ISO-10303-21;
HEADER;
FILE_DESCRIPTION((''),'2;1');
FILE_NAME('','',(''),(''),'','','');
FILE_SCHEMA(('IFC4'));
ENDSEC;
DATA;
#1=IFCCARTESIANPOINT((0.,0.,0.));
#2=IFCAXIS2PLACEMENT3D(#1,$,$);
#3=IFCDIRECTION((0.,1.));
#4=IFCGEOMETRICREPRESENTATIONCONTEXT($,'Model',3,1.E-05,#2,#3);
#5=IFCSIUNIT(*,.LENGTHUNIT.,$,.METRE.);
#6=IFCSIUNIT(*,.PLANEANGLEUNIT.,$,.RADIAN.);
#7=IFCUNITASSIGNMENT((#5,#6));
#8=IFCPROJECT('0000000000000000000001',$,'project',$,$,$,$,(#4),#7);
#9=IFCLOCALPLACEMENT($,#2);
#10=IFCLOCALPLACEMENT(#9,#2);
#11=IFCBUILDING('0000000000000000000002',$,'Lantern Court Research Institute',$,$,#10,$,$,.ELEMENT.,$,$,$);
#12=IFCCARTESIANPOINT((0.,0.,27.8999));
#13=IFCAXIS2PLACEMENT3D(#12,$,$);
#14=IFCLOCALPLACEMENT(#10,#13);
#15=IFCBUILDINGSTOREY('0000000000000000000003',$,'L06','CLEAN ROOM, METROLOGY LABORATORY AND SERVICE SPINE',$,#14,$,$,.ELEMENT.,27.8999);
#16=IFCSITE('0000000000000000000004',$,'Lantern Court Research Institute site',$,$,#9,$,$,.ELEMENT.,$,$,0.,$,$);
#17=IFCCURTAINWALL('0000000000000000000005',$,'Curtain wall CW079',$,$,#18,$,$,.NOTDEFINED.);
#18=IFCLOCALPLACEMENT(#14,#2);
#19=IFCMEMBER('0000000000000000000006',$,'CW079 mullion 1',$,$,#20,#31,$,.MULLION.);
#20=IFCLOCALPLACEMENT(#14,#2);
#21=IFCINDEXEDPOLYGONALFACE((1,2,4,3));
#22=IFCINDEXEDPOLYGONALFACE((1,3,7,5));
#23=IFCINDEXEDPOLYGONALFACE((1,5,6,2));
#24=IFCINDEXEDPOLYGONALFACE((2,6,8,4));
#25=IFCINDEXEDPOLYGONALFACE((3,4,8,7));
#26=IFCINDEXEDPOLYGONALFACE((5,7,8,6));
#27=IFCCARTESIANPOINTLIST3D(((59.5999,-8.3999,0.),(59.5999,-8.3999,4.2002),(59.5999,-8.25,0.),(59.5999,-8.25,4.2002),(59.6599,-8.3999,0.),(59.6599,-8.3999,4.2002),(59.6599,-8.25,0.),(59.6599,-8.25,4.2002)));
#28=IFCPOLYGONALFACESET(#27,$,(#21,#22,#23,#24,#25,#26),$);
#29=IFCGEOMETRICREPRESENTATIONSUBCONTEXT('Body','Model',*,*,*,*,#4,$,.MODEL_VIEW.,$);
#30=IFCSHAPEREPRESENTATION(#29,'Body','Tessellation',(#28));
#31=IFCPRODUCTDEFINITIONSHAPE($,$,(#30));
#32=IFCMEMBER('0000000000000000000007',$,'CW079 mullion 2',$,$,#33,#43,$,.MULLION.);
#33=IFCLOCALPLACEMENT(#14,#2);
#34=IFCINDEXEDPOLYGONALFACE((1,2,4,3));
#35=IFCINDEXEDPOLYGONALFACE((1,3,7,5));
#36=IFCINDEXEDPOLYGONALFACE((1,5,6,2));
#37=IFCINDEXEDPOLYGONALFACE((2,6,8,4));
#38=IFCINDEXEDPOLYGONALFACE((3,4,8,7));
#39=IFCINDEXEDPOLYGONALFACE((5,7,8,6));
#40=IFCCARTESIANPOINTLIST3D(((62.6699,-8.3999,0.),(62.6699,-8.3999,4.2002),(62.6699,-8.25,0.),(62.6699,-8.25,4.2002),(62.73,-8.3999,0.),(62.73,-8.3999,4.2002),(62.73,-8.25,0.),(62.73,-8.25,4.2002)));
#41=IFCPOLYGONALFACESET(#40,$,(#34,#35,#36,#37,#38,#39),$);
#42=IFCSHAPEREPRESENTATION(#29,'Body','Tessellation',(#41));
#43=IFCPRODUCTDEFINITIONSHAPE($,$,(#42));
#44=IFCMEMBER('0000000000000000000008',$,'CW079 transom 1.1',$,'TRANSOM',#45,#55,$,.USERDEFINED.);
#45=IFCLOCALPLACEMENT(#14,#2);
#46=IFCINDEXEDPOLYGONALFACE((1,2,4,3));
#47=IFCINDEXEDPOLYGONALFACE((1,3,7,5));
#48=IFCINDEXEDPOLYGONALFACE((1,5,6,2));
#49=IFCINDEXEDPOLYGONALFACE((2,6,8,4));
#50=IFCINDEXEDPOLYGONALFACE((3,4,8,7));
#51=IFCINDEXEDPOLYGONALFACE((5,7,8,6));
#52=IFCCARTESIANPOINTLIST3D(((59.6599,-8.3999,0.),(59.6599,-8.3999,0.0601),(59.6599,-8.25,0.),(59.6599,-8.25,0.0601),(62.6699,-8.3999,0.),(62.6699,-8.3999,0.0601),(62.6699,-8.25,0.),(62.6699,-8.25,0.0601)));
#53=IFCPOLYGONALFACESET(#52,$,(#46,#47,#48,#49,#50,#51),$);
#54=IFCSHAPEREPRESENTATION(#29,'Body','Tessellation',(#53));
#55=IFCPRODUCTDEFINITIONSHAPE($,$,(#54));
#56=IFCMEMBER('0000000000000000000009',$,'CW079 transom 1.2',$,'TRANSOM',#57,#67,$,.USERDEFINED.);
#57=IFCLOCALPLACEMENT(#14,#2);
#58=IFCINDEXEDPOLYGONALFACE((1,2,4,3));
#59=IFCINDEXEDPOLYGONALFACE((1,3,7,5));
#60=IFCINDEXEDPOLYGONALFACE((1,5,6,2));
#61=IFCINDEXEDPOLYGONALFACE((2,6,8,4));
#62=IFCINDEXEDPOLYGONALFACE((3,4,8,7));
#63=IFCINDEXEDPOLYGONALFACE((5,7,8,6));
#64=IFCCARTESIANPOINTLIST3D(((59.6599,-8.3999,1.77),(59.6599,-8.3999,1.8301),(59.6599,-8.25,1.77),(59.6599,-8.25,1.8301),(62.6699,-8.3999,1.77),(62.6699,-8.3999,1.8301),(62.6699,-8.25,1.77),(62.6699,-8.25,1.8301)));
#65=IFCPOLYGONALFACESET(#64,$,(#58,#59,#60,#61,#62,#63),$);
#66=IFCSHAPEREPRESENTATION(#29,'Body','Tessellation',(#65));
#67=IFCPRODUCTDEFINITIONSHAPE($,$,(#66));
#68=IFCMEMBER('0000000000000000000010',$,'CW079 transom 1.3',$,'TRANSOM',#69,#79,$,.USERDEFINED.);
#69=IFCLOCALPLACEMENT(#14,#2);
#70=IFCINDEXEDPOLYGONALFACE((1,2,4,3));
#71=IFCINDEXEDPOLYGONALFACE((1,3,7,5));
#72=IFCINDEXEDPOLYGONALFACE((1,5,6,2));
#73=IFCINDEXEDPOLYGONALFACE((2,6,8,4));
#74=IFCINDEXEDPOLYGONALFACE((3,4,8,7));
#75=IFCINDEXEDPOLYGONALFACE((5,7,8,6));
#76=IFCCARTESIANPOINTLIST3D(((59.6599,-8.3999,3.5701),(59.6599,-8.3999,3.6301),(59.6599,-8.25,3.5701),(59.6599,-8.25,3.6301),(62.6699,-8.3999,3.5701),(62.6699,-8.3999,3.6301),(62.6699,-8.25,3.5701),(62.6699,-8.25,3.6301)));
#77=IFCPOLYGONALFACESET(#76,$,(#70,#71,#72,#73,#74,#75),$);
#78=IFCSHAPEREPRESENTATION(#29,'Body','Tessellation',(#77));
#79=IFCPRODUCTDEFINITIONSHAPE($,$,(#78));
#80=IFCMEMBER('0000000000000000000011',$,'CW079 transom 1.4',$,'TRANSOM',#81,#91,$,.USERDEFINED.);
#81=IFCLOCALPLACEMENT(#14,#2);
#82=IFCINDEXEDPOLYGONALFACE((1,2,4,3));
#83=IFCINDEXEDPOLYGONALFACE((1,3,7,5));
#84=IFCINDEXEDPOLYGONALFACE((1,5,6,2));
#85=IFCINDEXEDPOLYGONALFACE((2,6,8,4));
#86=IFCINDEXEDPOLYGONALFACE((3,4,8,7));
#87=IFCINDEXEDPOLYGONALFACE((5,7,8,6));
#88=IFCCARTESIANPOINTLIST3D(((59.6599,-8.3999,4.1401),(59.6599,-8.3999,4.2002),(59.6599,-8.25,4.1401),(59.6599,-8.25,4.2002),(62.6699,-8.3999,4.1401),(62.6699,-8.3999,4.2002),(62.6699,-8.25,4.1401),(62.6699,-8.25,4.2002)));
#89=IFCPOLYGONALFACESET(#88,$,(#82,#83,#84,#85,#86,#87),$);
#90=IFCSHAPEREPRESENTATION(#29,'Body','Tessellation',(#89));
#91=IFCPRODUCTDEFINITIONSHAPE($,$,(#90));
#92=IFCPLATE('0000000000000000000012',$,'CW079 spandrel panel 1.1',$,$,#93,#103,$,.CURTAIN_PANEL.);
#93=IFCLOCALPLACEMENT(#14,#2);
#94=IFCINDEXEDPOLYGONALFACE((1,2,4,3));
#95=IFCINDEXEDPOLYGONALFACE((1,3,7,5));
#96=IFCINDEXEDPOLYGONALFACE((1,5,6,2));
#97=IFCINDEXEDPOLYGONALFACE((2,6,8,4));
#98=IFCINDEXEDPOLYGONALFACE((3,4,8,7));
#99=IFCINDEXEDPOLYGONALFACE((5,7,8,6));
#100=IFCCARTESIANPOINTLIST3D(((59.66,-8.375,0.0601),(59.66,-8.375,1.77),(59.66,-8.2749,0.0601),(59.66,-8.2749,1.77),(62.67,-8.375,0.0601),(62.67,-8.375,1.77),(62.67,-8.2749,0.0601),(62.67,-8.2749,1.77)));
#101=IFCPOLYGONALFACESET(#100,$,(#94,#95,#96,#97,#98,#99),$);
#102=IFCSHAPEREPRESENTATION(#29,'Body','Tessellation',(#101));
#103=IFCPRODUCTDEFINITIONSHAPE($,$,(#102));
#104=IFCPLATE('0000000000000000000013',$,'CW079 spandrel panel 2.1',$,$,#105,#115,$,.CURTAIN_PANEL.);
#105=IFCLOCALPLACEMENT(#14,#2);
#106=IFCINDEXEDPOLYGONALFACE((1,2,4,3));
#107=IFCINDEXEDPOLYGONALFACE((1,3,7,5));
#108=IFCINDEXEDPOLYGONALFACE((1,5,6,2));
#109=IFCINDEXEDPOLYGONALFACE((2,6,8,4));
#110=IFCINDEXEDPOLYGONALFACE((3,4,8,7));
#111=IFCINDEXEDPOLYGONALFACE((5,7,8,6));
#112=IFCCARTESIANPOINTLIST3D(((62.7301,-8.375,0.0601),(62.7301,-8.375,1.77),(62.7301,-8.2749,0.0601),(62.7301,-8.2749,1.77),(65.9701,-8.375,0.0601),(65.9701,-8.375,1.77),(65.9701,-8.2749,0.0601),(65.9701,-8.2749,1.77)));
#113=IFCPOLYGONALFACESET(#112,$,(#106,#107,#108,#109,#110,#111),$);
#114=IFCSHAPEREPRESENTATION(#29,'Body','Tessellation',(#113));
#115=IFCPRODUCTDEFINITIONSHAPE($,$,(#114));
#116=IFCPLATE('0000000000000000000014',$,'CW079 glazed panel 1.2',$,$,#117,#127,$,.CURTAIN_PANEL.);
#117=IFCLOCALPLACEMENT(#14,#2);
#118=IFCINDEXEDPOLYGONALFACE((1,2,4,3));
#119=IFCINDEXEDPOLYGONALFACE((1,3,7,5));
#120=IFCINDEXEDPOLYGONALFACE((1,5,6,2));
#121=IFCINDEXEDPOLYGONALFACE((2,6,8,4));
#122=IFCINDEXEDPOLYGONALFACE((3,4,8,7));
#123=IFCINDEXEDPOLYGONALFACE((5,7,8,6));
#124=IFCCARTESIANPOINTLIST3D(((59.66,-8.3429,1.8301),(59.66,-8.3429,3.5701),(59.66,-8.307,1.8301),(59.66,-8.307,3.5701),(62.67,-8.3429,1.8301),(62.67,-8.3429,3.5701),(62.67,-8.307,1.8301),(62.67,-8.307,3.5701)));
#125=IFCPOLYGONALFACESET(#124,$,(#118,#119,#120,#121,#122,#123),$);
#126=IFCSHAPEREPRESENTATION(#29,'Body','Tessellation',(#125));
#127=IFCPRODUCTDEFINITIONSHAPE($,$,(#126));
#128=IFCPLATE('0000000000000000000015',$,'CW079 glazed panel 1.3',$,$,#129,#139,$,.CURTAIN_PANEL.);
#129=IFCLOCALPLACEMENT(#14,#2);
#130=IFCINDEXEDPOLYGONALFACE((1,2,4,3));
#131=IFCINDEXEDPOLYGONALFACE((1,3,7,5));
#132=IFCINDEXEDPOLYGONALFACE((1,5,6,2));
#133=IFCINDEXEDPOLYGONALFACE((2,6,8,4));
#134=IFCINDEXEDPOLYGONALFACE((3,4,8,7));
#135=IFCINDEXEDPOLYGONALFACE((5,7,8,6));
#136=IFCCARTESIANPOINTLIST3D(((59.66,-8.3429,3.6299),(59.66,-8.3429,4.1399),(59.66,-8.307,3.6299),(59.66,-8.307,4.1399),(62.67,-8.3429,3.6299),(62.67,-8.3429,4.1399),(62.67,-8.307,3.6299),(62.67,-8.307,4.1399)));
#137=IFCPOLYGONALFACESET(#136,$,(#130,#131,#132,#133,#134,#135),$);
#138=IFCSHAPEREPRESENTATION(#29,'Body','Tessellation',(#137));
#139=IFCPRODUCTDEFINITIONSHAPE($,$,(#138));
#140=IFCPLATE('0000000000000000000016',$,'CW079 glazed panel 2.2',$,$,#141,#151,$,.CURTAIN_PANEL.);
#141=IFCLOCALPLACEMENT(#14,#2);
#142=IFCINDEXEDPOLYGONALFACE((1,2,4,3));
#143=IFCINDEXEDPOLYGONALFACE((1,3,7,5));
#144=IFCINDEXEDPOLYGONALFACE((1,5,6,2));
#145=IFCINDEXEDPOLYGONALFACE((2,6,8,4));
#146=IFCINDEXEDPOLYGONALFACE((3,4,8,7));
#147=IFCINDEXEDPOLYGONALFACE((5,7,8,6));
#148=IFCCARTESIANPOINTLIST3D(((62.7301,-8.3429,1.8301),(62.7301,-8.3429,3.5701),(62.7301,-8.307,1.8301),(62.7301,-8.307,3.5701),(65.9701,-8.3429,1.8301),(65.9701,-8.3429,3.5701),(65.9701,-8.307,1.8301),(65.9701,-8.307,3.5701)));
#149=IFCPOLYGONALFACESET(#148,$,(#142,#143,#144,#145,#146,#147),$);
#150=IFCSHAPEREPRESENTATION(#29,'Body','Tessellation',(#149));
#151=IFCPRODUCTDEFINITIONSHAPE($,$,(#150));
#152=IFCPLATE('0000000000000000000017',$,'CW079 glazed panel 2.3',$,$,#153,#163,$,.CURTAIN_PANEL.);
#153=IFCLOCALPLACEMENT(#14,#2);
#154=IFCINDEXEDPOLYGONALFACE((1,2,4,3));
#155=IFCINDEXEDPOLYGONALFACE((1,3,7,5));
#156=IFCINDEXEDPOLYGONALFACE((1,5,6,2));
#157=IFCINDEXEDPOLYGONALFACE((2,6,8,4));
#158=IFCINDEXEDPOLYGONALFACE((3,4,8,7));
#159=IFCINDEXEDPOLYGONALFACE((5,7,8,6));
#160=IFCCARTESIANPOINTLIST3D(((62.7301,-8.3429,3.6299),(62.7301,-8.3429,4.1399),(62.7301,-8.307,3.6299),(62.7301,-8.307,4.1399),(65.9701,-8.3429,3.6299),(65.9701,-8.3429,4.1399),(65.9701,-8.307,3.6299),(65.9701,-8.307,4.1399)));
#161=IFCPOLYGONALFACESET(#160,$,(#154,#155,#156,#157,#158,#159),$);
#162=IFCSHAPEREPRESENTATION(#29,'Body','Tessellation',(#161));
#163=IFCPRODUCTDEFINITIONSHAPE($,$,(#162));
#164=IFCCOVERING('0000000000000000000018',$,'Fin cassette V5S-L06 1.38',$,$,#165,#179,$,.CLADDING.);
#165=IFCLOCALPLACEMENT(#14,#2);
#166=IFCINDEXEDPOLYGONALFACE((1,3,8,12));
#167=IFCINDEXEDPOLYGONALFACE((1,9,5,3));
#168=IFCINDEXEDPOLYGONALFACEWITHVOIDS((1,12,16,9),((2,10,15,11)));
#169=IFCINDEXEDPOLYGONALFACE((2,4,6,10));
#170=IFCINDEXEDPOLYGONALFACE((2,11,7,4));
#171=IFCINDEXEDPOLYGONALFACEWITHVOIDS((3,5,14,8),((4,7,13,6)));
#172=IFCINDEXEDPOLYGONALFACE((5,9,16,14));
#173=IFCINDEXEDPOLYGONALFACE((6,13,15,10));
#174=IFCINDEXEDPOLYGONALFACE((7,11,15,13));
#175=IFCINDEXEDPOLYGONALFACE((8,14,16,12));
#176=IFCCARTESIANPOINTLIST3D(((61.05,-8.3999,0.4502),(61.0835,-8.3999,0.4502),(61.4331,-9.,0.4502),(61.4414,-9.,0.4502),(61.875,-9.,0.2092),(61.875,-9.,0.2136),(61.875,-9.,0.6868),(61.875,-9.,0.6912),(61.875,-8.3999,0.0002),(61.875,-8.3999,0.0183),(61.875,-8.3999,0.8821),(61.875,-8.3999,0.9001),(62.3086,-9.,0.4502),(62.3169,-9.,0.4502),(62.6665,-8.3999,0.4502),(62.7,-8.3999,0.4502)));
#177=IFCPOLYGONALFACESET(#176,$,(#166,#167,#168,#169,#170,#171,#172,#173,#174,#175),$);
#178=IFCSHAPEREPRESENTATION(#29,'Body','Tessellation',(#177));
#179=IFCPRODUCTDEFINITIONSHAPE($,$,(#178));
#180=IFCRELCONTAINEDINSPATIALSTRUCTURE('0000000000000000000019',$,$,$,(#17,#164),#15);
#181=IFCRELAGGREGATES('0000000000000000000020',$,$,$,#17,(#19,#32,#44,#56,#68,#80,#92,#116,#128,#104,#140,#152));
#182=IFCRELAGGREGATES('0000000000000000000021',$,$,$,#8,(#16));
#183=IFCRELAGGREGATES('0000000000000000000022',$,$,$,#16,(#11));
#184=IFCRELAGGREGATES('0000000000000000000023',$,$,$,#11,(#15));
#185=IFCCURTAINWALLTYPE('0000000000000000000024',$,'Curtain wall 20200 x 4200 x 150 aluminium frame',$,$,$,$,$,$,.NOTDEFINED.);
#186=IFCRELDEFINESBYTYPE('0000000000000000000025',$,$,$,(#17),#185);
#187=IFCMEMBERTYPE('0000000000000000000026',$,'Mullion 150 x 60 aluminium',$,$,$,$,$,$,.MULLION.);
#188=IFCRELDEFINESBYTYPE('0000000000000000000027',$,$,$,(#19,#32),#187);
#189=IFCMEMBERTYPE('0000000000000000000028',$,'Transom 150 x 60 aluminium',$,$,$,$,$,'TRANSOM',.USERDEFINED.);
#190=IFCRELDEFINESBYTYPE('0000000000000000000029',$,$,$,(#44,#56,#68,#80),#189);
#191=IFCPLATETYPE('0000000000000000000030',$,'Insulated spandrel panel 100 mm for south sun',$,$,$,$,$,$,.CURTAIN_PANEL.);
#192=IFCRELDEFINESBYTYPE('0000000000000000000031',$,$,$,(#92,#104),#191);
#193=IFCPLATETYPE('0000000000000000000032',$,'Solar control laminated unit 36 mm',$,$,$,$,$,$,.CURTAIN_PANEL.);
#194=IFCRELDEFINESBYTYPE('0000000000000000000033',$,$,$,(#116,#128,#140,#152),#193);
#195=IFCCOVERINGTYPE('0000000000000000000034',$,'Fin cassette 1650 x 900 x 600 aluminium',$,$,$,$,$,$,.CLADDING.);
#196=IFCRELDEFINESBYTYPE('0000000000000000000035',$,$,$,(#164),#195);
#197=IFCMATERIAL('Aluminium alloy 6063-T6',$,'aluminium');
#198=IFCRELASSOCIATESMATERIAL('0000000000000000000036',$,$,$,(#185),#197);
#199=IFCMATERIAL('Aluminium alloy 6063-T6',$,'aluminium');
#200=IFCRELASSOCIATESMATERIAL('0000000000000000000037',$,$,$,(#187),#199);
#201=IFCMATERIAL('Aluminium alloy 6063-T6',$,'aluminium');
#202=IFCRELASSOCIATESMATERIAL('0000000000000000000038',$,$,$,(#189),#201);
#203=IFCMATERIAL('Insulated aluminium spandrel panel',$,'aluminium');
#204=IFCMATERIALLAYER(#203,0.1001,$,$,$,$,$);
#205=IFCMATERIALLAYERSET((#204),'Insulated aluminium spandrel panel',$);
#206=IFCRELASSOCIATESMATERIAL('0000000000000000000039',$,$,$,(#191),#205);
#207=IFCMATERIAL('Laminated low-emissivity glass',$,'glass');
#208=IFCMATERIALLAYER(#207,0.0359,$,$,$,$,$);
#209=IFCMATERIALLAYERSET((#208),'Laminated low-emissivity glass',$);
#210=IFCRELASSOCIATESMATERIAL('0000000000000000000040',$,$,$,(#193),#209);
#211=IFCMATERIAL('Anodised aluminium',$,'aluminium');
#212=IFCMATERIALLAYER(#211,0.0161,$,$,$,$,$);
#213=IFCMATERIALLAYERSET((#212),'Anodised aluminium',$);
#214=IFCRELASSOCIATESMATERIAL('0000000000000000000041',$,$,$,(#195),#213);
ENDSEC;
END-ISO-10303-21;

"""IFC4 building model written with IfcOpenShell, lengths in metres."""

from ifc_helpers import new_model, entity, si_unit, direction, frame, origin, origin_2d, place, context, subcontext, project, spatial, rectangle, extrude, material, layer, layer_set, material_profile, profile_set, type_object, element, aggregate, save


model = new_model("IFC4")

# Units and contexts
model_context = context("Model", 3, precision=1e-05, world=origin(), true_north=direction((0.0, 1.0)))
body_context = subcontext(model_context, "Body", "Model", "MODEL_VIEW")
ifc_project = project(units=[si_unit("LENGTHUNIT", "METRE"), si_unit("PLANEANGLEUNIT", "RADIAN")], contexts=[model_context])

# Site, building, storey
site_placement = place(None, origin())
site = spatial("IfcSite", under=ifc_project, at=site_placement, Name="Lantern Court Research Institute site", CompositionType="ELEMENT", RefElevation=0.0)
building_placement = place(site_placement, origin())
building = spatial("IfcBuilding", under=site, at=building_placement, Name="Lantern Court Research Institute", CompositionType="ELEMENT")
storey_placement = place(building_placement, frame((0.0, 0.0, 27.8999)))
storey = spatial("IfcBuildingStorey", under=building, at=storey_placement, Name="L06", Description="CLEAN ROOM, METROLOGY LABORATORY AND SERVICE SPINE", CompositionType="ELEMENT", Elevation=27.8999)

# Curtain wall, members, plates
ifc_material_1 = material(Name="Aluminium alloy 6063-T6", Category="aluminium")
curtain_wall_type = type_object("IfcCurtainWallType", Name="Curtain wall 20200 x 4200 x 150 aluminium frame", PredefinedType="NOTDEFINED", material=ifc_material_1)
curtain_wall_placement = place(storey_placement, origin())
curtain_wall = element("IfcCurtainWall", 1, at=curtain_wall_placement, inside=storey, type_object=curtain_wall_type, Name="Curtain wall CW079", PredefinedType="NOTDEFINED")
ifc_material_2 = material(Name="Aluminium alloy 6063-T6", Category="aluminium")
ifc_material_profile_1 = material_profile(ifc_material_2, rectangle(XDim=0.1499, YDim=0.0601, at=origin_2d()), Name="Mullion 150 x 60")
ifc_profile_set_1 = profile_set([ifc_material_profile_1], Name="Aluminium alloy 6063-T6")
member_type_1 = type_object("IfcMemberType", Name="Mullion 150 x 60 aluminium", PredefinedType="MULLION", material=ifc_profile_set_1)
member_1_placement = place(storey_placement, frame((59.6299, -8.325, 0.0), z_axis=(0.0, 0.0, 1.0), x_axis=(0.0, -1.0, 0.0)))
member_1 = element("IfcMember", 2, at=member_1_placement, type_object=member_type_1, Name="CW079 mullion 1", PredefinedType="MULLION", context=body_context, shape_type="SweptSolid", body=[
    extrude(rectangle(XDim=0.1499, YDim=0.0601, at=origin_2d()), origin(), (0.0, 0.0, 1.0), 4.2002),
])
member_2_placement = place(storey_placement, frame((62.7, -8.325, 0.0), z_axis=(0.0, 0.0, 1.0), x_axis=(0.0, -1.0, 0.0)))
member_2 = element("IfcMember", 3, at=member_2_placement, type_object=member_type_1, Name="CW079 mullion 2", PredefinedType="MULLION", context=body_context, shape_type="SweptSolid", body=[
    extrude(rectangle(XDim=0.1499, YDim=0.0601, at=origin_2d()), origin(), (0.0, 0.0, 1.0), 4.2002),
])
ifc_material_3 = material(Name="Aluminium alloy 6063-T6", Category="aluminium")
ifc_material_profile_2 = material_profile(ifc_material_3, rectangle(XDim=0.1499, YDim=0.0601, at=origin_2d()), Name="Transom 150 x 60")
ifc_profile_set_2 = profile_set([ifc_material_profile_2], Name="Aluminium alloy 6063-T6")
member_type_2 = type_object("IfcMemberType", Name="Transom 150 x 60 aluminium", ElementType="TRANSOM", PredefinedType="USERDEFINED", material=ifc_profile_set_2)
member_3_placement = place(storey_placement, frame((62.6699, -8.325, 0.03), z_axis=(-1.0, 0.0, 0.0), x_axis=(0.0, -1.0, 0.0)))
member_3 = element("IfcMember", 4, at=member_3_placement, type_object=member_type_2, Name="CW079 transom 1.1", ObjectType="TRANSOM", PredefinedType="USERDEFINED", context=body_context, shape_type="SweptSolid", body=[
    extrude(rectangle(XDim=0.1499, YDim=0.0601, at=origin_2d()), origin(), (0.0, 0.0, 1.0), 3.01),
])
member_4_placement = place(storey_placement, frame((62.6699, -8.325, 1.8), z_axis=(-1.0, 0.0, 0.0), x_axis=(0.0, -1.0, 0.0)))
member_4 = element("IfcMember", 5, at=member_4_placement, type_object=member_type_2, Name="CW079 transom 1.2", ObjectType="TRANSOM", PredefinedType="USERDEFINED", context=body_context, shape_type="SweptSolid", body=[
    extrude(rectangle(XDim=0.1499, YDim=0.0601, at=origin_2d()), origin(), (0.0, 0.0, 1.0), 3.01),
])
member_5_placement = place(storey_placement, frame((62.6699, -8.325, 3.6001), z_axis=(-1.0, 0.0, 0.0), x_axis=(0.0, -1.0, 0.0)))
member_5 = element("IfcMember", 6, at=member_5_placement, type_object=member_type_2, Name="CW079 transom 1.3", ObjectType="TRANSOM", PredefinedType="USERDEFINED", context=body_context, shape_type="SweptSolid", body=[
    extrude(rectangle(XDim=0.1499, YDim=0.0601, at=origin_2d()), origin(), (0.0, 0.0, 1.0), 3.01),
])
member_6_placement = place(storey_placement, frame((62.6699, -8.325, 4.1702), z_axis=(-1.0, 0.0, 0.0), x_axis=(0.0, -1.0, 0.0)))
member_6 = element("IfcMember", 7, at=member_6_placement, type_object=member_type_2, Name="CW079 transom 1.4", ObjectType="TRANSOM", PredefinedType="USERDEFINED", context=body_context, shape_type="SweptSolid", body=[
    extrude(rectangle(XDim=0.1499, YDim=0.0601, at=origin_2d()), origin(), (0.0, 0.0, 1.0), 3.01),
])
ifc_material_4 = material(Name="Insulated aluminium spandrel panel", Category="aluminium")
ifc_layer_1 = layer(ifc_material_4, 0.1001)
ifc_layer_set_1 = layer_set([ifc_layer_1], Name="Insulated aluminium spandrel panel")
plate_type_1 = type_object("IfcPlateType", Name="Insulated spandrel panel 100 mm for south sun", PredefinedType="CURTAIN_PANEL", material=ifc_layer_set_1)
plate_1_placement = place(storey_placement, frame((61.165, -8.325, 0.0601), z_axis=(0.0, 0.0, 1.0), x_axis=(-1.0, 0.0, 0.0)))
plate_1 = element("IfcPlate", 8, at=plate_1_placement, type_object=plate_type_1, Name="CW079 spandrel panel 1.1", PredefinedType="CURTAIN_PANEL", context=body_context, shape_type="SweptSolid", body=[
    extrude(rectangle(XDim=3.01, YDim=0.1001, at=origin_2d()), origin(), (0.0, 0.0, 1.0), 1.71),
])
plate_2_placement = place(storey_placement, frame((64.3501, -8.325, 0.0601), z_axis=(0.0, 0.0, 1.0), x_axis=(-1.0, 0.0, 0.0)))
plate_2 = element("IfcPlate", 9, at=plate_2_placement, type_object=plate_type_1, Name="CW079 spandrel panel 2.1", PredefinedType="CURTAIN_PANEL", context=body_context, shape_type="SweptSolid", body=[
    extrude(rectangle(XDim=3.24, YDim=0.1001, at=origin_2d()), origin(), (0.0, 0.0, 1.0), 1.71),
])
ifc_material_5 = material(Name="Laminated low-emissivity glass", Category="glass")
ifc_layer_2 = layer(ifc_material_5, 0.0359)
ifc_layer_set_2 = layer_set([ifc_layer_2], Name="Laminated low-emissivity glass")
plate_type_2 = type_object("IfcPlateType", Name="Solar control laminated unit 36 mm", PredefinedType="CURTAIN_PANEL", material=ifc_layer_set_2)
plate_3_placement = place(storey_placement, frame((61.165, -8.325, 1.8301), z_axis=(0.0, 0.0, 1.0), x_axis=(-1.0, 0.0, 0.0)))
plate_3 = element("IfcPlate", 10, at=plate_3_placement, type_object=plate_type_2, Name="CW079 glazed panel 1.2", PredefinedType="CURTAIN_PANEL", context=body_context, shape_type="SweptSolid", body=[
    extrude(rectangle(XDim=3.01, YDim=0.0359, at=origin_2d()), origin(), (0.0, 0.0, 1.0), 1.74),
])
plate_4_placement = place(storey_placement, frame((61.165, -8.325, 3.6299), z_axis=(0.0, 0.0, 1.0), x_axis=(-1.0, 0.0, 0.0)))
plate_4 = element("IfcPlate", 11, at=plate_4_placement, type_object=plate_type_2, Name="CW079 glazed panel 1.3", PredefinedType="CURTAIN_PANEL", context=body_context, shape_type="SweptSolid", body=[
    extrude(rectangle(XDim=3.01, YDim=0.0359, at=origin_2d()), origin(), (0.0, 0.0, 1.0), 0.51),
])
plate_5_placement = place(storey_placement, frame((64.3501, -8.325, 1.8301), z_axis=(0.0, 0.0, 1.0), x_axis=(-1.0, 0.0, 0.0)))
plate_5 = element("IfcPlate", 12, at=plate_5_placement, type_object=plate_type_2, Name="CW079 glazed panel 2.2", PredefinedType="CURTAIN_PANEL", context=body_context, shape_type="SweptSolid", body=[
    extrude(rectangle(XDim=3.24, YDim=0.0359, at=origin_2d()), origin(), (0.0, 0.0, 1.0), 1.74),
])
plate_6_placement = place(storey_placement, frame((64.3501, -8.325, 3.6299), z_axis=(0.0, 0.0, 1.0), x_axis=(-1.0, 0.0, 0.0)))
plate_6 = element("IfcPlate", 13, at=plate_6_placement, type_object=plate_type_2, Name="CW079 glazed panel 2.3", PredefinedType="CURTAIN_PANEL", context=body_context, shape_type="SweptSolid", body=[
    extrude(rectangle(XDim=3.24, YDim=0.0359, at=origin_2d()), origin(), (0.0, 0.0, 1.0), 0.51),
])
aggregate(curtain_wall, [member_1, member_2, member_3, member_4, member_5, member_6, plate_1, plate_3, plate_4, plate_2, plate_5, plate_6])

# Covering
ifc_material_6 = material(Name="Anodised aluminium", Category="aluminium")
ifc_layer_3 = layer(ifc_material_6, 0.0161)
ifc_layer_set_3 = layer_set([ifc_layer_3], Name="Anodised aluminium")
covering_type = type_object("IfcCoveringType", Name="Fin cassette 1650 x 900 x 600 aluminium", PredefinedType="CLADDING", material=ifc_layer_set_3)
covering_1_placement = place(storey_placement, frame((61.875, -8.3999, 0.4502), z_axis=(0.0, -1.0, 0.0), x_axis=(1.0, 0.0, 0.0)))
cartesian_point_1 = entity("IfcCartesianPoint", [0.825, 0.0])
cartesian_point_2 = entity("IfcCartesianPoint", [0.7915, 0.0])
cartesian_point_3 = entity("IfcCartesianPoint", [0.4419, 0.0])
cartesian_point_4 = entity("IfcCartesianPoint", [0.4336, 0.0])
element("IfcCovering", 14, at=covering_1_placement, inside=storey, type_object=covering_type, Name="Fin cassette V5S-L06 1.38", PredefinedType="CLADDING", context=body_context, shape_type="SweptSolid", body=[
    entity("IfcExtrudedAreaSolidTapered", entity("IfcArbitraryProfileDefWithVoids", "AREA", None, entity("IfcPolyline", [cartesian_point_1, entity("IfcCartesianPoint", [0.0, 0.45]), entity("IfcCartesianPoint", [-0.825, 0.0]), entity("IfcCartesianPoint", [0.0, -0.45]), cartesian_point_1]), [entity("IfcPolyline", [cartesian_point_2, entity("IfcCartesianPoint", [0.0, 0.4319]), entity("IfcCartesianPoint", [-0.7915, 0.0]), entity("IfcCartesianPoint", [0.0, -0.4319]), cartesian_point_2])]), entity("IfcAxis2Placement3D", entity("IfcCartesianPoint", [0.0, 0.0, 0.0])), entity("IfcDirection", [0.0, 0.0, 1.0]), 0.6001, entity("IfcArbitraryProfileDefWithVoids", "AREA", None, entity("IfcPolyline", [cartesian_point_3, entity("IfcCartesianPoint", [0.0, 0.241]), entity("IfcCartesianPoint", [-0.4419, 0.0]), entity("IfcCartesianPoint", [0.0, -0.241]), cartesian_point_3]), [entity("IfcPolyline", [cartesian_point_4, entity("IfcCartesianPoint", [0.0, 0.2366]), entity("IfcCartesianPoint", [-0.4336, 0.0]), entity("IfcCartesianPoint", [0.0, -0.2366]), cartesian_point_4])])),
])

save(model, "model.ifc")
